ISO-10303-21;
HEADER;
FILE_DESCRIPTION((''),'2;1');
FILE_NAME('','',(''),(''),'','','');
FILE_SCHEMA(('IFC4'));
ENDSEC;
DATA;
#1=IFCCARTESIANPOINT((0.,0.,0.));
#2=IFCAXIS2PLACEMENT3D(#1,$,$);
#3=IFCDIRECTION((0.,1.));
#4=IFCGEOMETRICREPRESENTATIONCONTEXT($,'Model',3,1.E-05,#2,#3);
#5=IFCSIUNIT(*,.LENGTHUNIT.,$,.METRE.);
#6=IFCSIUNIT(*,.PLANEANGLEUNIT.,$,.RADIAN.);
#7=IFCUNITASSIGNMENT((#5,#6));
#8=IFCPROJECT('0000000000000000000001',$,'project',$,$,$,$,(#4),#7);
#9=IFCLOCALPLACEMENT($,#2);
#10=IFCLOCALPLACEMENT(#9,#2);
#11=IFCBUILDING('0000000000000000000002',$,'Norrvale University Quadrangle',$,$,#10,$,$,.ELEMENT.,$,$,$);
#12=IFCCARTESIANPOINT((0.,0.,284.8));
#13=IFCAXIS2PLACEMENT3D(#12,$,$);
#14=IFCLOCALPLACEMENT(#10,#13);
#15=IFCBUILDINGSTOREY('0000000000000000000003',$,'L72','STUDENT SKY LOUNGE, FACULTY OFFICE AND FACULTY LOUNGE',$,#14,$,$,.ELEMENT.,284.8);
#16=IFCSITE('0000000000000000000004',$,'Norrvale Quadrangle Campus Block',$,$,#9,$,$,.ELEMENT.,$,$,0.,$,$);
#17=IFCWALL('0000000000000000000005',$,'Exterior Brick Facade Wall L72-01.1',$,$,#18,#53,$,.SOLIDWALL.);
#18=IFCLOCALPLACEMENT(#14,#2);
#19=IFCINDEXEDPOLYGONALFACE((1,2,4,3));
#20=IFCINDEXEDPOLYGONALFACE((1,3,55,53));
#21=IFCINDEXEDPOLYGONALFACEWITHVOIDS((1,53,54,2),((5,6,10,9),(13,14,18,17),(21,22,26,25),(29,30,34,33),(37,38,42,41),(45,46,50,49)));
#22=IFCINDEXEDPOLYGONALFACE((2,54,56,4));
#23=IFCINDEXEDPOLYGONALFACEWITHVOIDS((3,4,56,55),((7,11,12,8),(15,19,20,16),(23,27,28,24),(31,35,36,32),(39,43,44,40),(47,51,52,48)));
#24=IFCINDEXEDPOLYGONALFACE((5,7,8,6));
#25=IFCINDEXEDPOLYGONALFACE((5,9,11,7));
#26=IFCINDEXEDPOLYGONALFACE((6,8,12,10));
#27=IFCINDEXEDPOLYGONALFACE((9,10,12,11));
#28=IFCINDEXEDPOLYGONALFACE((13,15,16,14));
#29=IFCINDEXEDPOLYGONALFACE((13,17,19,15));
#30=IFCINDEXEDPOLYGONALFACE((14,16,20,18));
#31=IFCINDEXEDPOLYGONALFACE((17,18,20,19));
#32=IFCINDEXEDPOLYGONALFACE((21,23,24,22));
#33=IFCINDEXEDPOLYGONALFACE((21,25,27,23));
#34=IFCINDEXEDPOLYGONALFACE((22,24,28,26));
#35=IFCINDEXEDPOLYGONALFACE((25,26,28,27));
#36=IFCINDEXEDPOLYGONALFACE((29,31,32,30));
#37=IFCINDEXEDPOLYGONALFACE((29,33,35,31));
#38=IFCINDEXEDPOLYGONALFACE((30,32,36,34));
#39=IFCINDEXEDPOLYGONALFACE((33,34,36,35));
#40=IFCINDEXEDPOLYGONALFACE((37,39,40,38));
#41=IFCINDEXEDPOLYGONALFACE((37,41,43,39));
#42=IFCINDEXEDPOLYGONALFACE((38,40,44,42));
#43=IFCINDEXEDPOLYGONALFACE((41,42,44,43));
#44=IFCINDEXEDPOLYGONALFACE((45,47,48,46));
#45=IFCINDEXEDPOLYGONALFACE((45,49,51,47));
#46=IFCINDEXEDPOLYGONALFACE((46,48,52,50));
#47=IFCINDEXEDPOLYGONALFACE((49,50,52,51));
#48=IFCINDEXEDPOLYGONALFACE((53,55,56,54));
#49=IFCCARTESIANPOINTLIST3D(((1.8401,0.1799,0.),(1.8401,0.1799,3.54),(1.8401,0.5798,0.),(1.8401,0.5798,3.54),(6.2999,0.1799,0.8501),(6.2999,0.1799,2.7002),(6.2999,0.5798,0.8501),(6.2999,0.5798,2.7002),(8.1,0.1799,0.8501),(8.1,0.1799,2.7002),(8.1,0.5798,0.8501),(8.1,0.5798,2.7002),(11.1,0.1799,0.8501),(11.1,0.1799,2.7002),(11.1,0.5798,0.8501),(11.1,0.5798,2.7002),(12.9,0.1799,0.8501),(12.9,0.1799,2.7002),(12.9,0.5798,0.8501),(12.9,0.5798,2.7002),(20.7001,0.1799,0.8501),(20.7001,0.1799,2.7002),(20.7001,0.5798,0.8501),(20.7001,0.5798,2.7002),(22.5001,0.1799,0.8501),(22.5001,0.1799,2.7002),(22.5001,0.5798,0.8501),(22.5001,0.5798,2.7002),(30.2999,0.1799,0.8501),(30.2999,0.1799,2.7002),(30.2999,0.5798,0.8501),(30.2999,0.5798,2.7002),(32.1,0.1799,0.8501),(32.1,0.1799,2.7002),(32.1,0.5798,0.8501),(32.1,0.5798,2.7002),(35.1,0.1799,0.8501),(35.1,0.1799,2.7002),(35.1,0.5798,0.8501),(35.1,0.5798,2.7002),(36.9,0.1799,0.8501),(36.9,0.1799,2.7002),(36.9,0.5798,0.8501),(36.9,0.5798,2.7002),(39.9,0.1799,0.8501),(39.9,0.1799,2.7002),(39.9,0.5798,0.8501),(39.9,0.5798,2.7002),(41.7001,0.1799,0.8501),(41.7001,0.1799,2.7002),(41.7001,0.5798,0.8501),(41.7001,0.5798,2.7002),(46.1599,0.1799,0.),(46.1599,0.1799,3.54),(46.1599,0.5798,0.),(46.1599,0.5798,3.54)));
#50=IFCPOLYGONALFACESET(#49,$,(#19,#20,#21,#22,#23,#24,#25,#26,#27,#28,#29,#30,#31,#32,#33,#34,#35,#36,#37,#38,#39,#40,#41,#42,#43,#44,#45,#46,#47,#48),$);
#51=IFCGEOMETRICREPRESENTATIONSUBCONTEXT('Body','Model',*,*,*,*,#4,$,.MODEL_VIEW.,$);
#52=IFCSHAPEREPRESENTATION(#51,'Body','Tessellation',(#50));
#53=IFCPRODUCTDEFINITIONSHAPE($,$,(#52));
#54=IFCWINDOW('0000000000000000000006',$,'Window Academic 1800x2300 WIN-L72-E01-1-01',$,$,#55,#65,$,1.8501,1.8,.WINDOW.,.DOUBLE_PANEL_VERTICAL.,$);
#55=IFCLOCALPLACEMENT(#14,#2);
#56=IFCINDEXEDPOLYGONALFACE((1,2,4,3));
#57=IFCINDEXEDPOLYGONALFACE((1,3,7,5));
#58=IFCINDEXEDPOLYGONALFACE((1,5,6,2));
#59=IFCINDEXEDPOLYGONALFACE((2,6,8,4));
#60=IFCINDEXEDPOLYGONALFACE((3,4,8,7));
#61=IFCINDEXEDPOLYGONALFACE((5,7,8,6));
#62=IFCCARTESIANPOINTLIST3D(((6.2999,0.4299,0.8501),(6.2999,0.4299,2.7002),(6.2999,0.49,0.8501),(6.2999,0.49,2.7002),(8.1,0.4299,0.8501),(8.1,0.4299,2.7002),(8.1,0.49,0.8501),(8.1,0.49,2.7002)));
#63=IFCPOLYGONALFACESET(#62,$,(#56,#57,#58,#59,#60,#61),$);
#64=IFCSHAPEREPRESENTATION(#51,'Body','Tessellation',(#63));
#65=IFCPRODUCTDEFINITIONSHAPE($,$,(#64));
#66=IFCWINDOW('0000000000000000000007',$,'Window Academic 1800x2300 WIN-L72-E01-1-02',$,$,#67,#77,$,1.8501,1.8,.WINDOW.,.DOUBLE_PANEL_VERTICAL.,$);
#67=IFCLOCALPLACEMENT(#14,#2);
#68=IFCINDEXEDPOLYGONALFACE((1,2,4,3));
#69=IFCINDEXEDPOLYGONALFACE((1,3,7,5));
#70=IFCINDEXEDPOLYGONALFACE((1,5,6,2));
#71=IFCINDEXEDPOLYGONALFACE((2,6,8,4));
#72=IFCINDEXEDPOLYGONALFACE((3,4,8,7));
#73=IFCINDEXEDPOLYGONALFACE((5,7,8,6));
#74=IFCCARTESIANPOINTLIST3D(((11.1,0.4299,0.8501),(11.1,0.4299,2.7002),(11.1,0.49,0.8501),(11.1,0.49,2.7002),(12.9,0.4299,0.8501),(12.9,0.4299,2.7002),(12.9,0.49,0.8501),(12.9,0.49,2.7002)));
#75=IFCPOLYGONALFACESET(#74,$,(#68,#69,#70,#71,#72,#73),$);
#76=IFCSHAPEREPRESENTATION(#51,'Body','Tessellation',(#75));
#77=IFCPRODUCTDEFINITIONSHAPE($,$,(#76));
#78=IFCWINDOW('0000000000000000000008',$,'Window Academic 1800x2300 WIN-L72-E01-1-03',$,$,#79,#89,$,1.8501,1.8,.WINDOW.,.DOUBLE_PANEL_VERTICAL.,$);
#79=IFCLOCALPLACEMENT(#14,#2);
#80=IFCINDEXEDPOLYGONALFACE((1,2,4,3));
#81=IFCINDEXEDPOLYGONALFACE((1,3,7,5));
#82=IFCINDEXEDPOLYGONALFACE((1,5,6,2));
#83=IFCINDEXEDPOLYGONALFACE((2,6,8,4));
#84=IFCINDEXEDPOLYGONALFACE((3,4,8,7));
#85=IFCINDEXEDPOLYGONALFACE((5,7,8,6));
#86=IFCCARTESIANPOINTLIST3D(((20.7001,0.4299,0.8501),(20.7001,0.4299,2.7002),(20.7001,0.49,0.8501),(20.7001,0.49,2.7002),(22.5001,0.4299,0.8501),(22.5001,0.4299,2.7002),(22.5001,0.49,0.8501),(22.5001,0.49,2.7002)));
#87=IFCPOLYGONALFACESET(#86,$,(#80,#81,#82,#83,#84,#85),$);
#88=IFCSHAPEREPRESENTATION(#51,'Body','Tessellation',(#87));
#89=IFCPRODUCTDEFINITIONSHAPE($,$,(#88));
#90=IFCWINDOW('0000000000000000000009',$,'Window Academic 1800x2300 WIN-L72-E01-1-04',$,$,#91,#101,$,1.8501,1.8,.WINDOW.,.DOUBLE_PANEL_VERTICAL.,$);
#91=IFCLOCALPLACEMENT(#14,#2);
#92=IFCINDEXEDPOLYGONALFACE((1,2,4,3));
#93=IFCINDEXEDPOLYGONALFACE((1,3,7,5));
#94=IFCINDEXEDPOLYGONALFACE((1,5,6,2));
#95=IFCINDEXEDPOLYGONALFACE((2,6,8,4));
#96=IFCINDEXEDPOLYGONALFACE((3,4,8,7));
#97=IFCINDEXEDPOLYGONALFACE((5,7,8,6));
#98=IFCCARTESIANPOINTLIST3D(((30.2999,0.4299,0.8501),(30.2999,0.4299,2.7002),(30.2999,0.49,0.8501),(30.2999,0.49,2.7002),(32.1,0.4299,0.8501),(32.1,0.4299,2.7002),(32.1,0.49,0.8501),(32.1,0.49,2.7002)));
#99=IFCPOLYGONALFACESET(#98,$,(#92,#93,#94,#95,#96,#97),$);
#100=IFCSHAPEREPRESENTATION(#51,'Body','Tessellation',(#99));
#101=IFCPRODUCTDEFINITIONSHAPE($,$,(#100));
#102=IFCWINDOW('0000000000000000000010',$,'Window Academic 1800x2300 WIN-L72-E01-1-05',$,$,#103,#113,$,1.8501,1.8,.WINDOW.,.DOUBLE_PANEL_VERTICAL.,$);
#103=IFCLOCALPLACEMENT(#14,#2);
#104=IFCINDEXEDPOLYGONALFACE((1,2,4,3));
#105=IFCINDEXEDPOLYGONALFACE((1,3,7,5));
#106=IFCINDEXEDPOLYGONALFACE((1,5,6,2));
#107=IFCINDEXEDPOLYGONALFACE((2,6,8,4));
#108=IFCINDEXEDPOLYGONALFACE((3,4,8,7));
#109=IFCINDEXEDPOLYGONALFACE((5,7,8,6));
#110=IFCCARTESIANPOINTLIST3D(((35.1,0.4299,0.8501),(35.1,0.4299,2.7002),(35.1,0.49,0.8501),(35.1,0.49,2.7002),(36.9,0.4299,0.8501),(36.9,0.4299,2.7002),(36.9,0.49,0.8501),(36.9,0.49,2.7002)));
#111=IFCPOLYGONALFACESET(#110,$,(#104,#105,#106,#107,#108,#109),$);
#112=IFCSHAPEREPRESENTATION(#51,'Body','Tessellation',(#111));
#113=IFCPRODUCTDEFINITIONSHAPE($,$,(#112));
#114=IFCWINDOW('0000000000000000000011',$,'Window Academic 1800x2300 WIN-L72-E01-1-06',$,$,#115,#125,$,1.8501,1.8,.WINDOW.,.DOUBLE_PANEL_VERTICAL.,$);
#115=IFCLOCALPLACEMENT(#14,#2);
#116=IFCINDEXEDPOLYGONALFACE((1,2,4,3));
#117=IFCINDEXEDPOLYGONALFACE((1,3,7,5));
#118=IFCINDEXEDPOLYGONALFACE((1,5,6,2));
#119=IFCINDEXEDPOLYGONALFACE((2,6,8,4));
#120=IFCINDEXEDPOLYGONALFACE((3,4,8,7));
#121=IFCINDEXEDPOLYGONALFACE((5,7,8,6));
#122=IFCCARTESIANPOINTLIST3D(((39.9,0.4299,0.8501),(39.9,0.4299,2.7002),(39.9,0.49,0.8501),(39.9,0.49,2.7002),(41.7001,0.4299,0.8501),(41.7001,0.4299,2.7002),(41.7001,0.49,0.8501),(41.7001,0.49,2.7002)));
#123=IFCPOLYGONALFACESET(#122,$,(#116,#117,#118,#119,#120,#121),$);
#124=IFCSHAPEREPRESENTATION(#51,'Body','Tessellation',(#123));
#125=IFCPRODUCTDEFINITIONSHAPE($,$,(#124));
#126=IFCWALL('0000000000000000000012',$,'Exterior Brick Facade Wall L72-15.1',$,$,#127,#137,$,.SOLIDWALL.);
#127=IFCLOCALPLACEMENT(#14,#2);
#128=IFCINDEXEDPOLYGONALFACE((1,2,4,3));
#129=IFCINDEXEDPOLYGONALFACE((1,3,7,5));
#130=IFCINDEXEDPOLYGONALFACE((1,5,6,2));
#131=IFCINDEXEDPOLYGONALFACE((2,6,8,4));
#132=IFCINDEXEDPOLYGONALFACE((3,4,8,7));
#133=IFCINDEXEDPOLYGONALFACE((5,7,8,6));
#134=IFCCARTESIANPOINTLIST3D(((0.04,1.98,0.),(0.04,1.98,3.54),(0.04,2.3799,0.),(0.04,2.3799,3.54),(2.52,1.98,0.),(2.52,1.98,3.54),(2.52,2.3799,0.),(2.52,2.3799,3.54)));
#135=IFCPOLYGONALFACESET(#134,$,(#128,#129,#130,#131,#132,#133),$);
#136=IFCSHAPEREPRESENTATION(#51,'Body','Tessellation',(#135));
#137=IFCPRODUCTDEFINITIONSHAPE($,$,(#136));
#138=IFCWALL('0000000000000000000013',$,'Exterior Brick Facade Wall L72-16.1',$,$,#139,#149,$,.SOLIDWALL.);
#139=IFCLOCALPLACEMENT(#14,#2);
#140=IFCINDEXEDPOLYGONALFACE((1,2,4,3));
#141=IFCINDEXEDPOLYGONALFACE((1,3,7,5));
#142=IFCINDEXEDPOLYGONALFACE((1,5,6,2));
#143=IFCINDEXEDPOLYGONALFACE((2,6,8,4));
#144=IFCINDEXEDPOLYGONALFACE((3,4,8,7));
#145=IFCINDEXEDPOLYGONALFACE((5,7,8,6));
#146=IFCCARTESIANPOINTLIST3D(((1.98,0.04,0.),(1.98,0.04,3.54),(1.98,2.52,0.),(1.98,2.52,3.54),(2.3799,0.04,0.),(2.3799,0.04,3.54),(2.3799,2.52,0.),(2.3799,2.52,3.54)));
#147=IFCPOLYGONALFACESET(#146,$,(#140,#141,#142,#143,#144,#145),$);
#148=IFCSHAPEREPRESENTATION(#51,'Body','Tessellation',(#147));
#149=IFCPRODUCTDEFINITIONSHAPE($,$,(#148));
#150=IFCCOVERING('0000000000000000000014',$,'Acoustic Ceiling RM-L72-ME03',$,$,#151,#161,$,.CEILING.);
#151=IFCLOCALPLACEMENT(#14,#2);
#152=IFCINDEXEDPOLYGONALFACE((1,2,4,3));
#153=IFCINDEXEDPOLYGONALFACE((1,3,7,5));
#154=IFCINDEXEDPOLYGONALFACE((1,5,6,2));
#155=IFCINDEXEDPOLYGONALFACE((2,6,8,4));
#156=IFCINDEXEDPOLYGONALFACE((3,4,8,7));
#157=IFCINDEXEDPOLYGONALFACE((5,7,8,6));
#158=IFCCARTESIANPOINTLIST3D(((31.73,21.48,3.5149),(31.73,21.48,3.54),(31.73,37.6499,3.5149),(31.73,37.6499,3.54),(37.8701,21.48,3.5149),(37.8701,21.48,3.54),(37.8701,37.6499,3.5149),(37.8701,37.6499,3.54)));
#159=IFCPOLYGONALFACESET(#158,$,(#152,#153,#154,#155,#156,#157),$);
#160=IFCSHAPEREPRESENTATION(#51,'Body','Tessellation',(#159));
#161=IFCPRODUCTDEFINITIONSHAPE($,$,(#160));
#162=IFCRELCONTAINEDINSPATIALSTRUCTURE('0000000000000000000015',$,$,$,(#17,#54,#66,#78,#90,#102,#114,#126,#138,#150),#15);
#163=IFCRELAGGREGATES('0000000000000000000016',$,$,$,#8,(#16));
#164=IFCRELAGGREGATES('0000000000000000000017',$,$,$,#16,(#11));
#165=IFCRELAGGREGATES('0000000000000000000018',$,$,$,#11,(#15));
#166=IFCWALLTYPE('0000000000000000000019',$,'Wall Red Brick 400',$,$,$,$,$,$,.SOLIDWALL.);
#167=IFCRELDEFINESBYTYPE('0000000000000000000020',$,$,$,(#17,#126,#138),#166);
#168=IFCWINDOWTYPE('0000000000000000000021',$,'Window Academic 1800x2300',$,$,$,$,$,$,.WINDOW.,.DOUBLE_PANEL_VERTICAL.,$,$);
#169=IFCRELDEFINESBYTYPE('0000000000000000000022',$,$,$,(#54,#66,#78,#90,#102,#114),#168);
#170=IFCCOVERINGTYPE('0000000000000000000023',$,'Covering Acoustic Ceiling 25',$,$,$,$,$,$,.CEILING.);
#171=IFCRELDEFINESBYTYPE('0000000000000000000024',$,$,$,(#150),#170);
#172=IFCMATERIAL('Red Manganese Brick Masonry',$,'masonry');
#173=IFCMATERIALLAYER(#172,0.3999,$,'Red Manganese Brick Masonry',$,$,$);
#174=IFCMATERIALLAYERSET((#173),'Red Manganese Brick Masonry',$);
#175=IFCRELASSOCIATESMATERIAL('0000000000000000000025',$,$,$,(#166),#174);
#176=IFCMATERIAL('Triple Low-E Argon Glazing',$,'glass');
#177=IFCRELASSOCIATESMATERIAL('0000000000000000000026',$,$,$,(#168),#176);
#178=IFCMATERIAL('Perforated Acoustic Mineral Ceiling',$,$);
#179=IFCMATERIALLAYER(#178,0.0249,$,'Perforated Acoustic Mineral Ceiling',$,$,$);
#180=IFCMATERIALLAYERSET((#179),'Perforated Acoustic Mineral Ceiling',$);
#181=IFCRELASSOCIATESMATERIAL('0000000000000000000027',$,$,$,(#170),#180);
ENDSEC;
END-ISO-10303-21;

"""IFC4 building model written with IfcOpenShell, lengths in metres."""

from ifc_helpers import new_model, si_unit, direction, frame, frame_2d, origin, place, context, subcontext, project, spatial, polyline, rectangle, outline, extrude, material, layer, layer_set, type_object, element, fill, save


model = new_model("IFC4")

# Units and contexts
model_context = context("Model", 3, precision=1e-05, world=origin(), true_north=direction((0.0, 1.0)))
body_context = subcontext(model_context, "Body", "Model", "MODEL_VIEW")
ifc_project = project(units=[si_unit("LENGTHUNIT", "METRE"), si_unit("PLANEANGLEUNIT", "RADIAN")], contexts=[model_context])

# Site, building, storey
site_placement = place(None, origin())
site = spatial("IfcSite", under=ifc_project, at=site_placement, Name="Norrvale Quadrangle Campus Block", CompositionType="ELEMENT", RefElevation=0.0)
building_placement = place(site_placement, origin())
building = spatial("IfcBuilding", under=site, at=building_placement, Name="Norrvale University Quadrangle", CompositionType="ELEMENT")
storey_placement = place(building_placement, frame((0.0, 0.0, 284.8)))
storey = spatial("IfcBuildingStorey", under=building, at=storey_placement, Name="L72", Description="STUDENT SKY LOUNGE, FACULTY OFFICE AND FACULTY LOUNGE", CompositionType="ELEMENT", Elevation=284.8)

# Wall, openings, windows
ifc_material_1 = material(Name="Red Manganese Brick Masonry", Category="masonry")
ifc_layer_1 = layer(ifc_material_1, 0.3999, Name="Red Manganese Brick Masonry")
ifc_layer_set_1 = layer_set([ifc_layer_1], Name="Red Manganese Brick Masonry")
wall_type_1 = type_object("IfcWallType", Name="Wall Red Brick 400", PredefinedType="SOLIDWALL", material=ifc_layer_set_1)
wall_1_placement = place(storey_placement, frame((1.8401, 0.3799, 0.0), z_axis=(0.0, 0.0, 1.0), x_axis=(1.0, 0.0, 0.0)))
wall_1 = element("IfcWall", 1, at=wall_1_placement, inside=storey, type_object=wall_type_1, Name="Exterior Brick Facade Wall L72-01.1", PredefinedType="SOLIDWALL", context=body_context, shape_type="SweptSolid", body=[
    extrude(rectangle(XDim=44.3198, YDim=0.3999, at=frame_2d((22.1599, 0.0))), origin(), (0.0, 0.0, 1.0), 3.54),
])
opening_1_placement = place(wall_1_placement, frame((4.46, 0.0, 0.8501)))
opening_1 = element("IfcOpeningElement", 2, at=opening_1_placement, cuts=wall_1, PredefinedType="OPENING", context=body_context, shape_type="SweptSolid", body=[
    extrude(rectangle(XDim=1.8, YDim=1.8501, at=frame_2d((0.8999, 0.925))), frame((0.0, 0.2119, 0.0), z_axis=(0.0, -1.0, 0.0), x_axis=(1.0, 0.0, 0.0)), (0.0, 0.0, 1.0), 0.4238),
])
opening_2_placement = place(wall_1_placement, frame((9.26, 0.0, 0.8501)))
opening_2 = element("IfcOpeningElement", 3, at=opening_2_placement, cuts=wall_1, PredefinedType="OPENING", context=body_context, shape_type="SweptSolid", body=[
    extrude(rectangle(XDim=1.8, YDim=1.8501, at=frame_2d((0.8999, 0.925))), frame((0.0, 0.2119, 0.0), z_axis=(0.0, -1.0, 0.0), x_axis=(1.0, 0.0, 0.0)), (0.0, 0.0, 1.0), 0.4238),
])
opening_3_placement = place(wall_1_placement, frame((18.8601, 0.0, 0.8501)))
opening_3 = element("IfcOpeningElement", 4, at=opening_3_placement, cuts=wall_1, PredefinedType="OPENING", context=body_context, shape_type="SweptSolid", body=[
    extrude(rectangle(XDim=1.8, YDim=1.8501, at=frame_2d((0.8999, 0.925))), frame((0.0, 0.2119, 0.0), z_axis=(0.0, -1.0, 0.0), x_axis=(1.0, 0.0, 0.0)), (0.0, 0.0, 1.0), 0.4238),
])
opening_4_placement = place(wall_1_placement, frame((28.46, 0.0, 0.8501)))
opening_4 = element("IfcOpeningElement", 5, at=opening_4_placement, cuts=wall_1, PredefinedType="OPENING", context=body_context, shape_type="SweptSolid", body=[
    extrude(rectangle(XDim=1.8, YDim=1.8501, at=frame_2d((0.8999, 0.925))), frame((0.0, 0.2119, 0.0), z_axis=(0.0, -1.0, 0.0), x_axis=(1.0, 0.0, 0.0)), (0.0, 0.0, 1.0), 0.4238),
])
opening_5_placement = place(wall_1_placement, frame((33.26, 0.0, 0.8501)))
opening_5 = element("IfcOpeningElement", 6, at=opening_5_placement, cuts=wall_1, PredefinedType="OPENING", context=body_context, shape_type="SweptSolid", body=[
    extrude(rectangle(XDim=1.8, YDim=1.8501, at=frame_2d((0.8999, 0.925))), frame((0.0, 0.2119, 0.0), z_axis=(0.0, -1.0, 0.0), x_axis=(1.0, 0.0, 0.0)), (0.0, 0.0, 1.0), 0.4238),
])
opening_6_placement = place(wall_1_placement, frame((38.0601, 0.0, 0.8501)))
opening_6 = element("IfcOpeningElement", 7, at=opening_6_placement, cuts=wall_1, PredefinedType="OPENING", context=body_context, shape_type="SweptSolid", body=[
    extrude(rectangle(XDim=1.8, YDim=1.8501, at=frame_2d((0.8999, 0.925))), frame((0.0, 0.2119, 0.0), z_axis=(0.0, -1.0, 0.0), x_axis=(1.0, 0.0, 0.0)), (0.0, 0.0, 1.0), 0.4238),
])
ifc_material_2 = material(Name="Triple Low-E Argon Glazing", Category="glass")
window_type = type_object("IfcWindowType", Name="Window Academic 1800x2300", PartitioningType="DOUBLE_PANEL_VERTICAL", PredefinedType="WINDOW", material=ifc_material_2)
window_1_placement = place(opening_1_placement, origin())
window_1 = element("IfcWindow", 8, at=window_1_placement, inside=storey, type_object=window_type, Name="Window Academic 1800x2300 WIN-L72-E01-1-01", OverallHeight=1.8501, OverallWidth=1.8, PartitioningType="DOUBLE_PANEL_VERTICAL", PredefinedType="WINDOW", context=body_context, shape_type="SweptSolid", body=[
    extrude(rectangle(XDim=1.8, YDim=1.8501, at=frame_2d((0.8999, 0.925))), frame((0.0, 0.1101, 0.0), z_axis=(0.0, -1.0, 0.0), x_axis=(1.0, 0.0, 0.0)), (0.0, 0.0, 1.0), 0.0601),
])
fill(opening_1, window_1)
window_2_placement = place(opening_2_placement, origin())
window_2 = element("IfcWindow", 9, at=window_2_placement, inside=storey, type_object=window_type, Name="Window Academic 1800x2300 WIN-L72-E01-1-02", OverallHeight=1.8501, OverallWidth=1.8, PartitioningType="DOUBLE_PANEL_VERTICAL", PredefinedType="WINDOW", context=body_context, shape_type="SweptSolid", body=[
    extrude(rectangle(XDim=1.8, YDim=1.8501, at=frame_2d((0.8999, 0.925))), frame((0.0, 0.1101, 0.0), z_axis=(0.0, -1.0, 0.0), x_axis=(1.0, 0.0, 0.0)), (0.0, 0.0, 1.0), 0.0601),
])
fill(opening_2, window_2)
window_3_placement = place(opening_3_placement, origin())
window_3 = element("IfcWindow", 10, at=window_3_placement, inside=storey, type_object=window_type, Name="Window Academic 1800x2300 WIN-L72-E01-1-03", OverallHeight=1.8501, OverallWidth=1.8, PartitioningType="DOUBLE_PANEL_VERTICAL", PredefinedType="WINDOW", context=body_context, shape_type="SweptSolid", body=[
    extrude(rectangle(XDim=1.8, YDim=1.8501, at=frame_2d((0.8999, 0.925))), frame((0.0, 0.1101, 0.0), z_axis=(0.0, -1.0, 0.0), x_axis=(1.0, 0.0, 0.0)), (0.0, 0.0, 1.0), 0.0601),
])
fill(opening_3, window_3)
window_4_placement = place(opening_4_placement, origin())
window_4 = element("IfcWindow", 11, at=window_4_placement, inside=storey, type_object=window_type, Name="Window Academic 1800x2300 WIN-L72-E01-1-04", OverallHeight=1.8501, OverallWidth=1.8, PartitioningType="DOUBLE_PANEL_VERTICAL", PredefinedType="WINDOW", context=body_context, shape_type="SweptSolid", body=[
    extrude(rectangle(XDim=1.8, YDim=1.8501, at=frame_2d((0.8999, 0.925))), frame((0.0, 0.1101, 0.0), z_axis=(0.0, -1.0, 0.0), x_axis=(1.0, 0.0, 0.0)), (0.0, 0.0, 1.0), 0.0601),
])
fill(opening_4, window_4)
window_5_placement = place(opening_5_placement, origin())
window_5 = element("IfcWindow", 12, at=window_5_placement, inside=storey, type_object=window_type, Name="Window Academic 1800x2300 WIN-L72-E01-1-05", OverallHeight=1.8501, OverallWidth=1.8, PartitioningType="DOUBLE_PANEL_VERTICAL", PredefinedType="WINDOW", context=body_context, shape_type="SweptSolid", body=[
    extrude(rectangle(XDim=1.8, YDim=1.8501, at=frame_2d((0.8999, 0.925))), frame((0.0, 0.1101, 0.0), z_axis=(0.0, -1.0, 0.0), x_axis=(1.0, 0.0, 0.0)), (0.0, 0.0, 1.0), 0.0601),
])
fill(opening_5, window_5)
window_6_placement = place(opening_6_placement, origin())
window_6 = element("IfcWindow", 13, at=window_6_placement, inside=storey, type_object=window_type, Name="Window Academic 1800x2300 WIN-L72-E01-1-06", OverallHeight=1.8501, OverallWidth=1.8, PartitioningType="DOUBLE_PANEL_VERTICAL", PredefinedType="WINDOW", context=body_context, shape_type="SweptSolid", body=[
    extrude(rectangle(XDim=1.8, YDim=1.8501, at=frame_2d((0.8999, 0.925))), frame((0.0, 0.1101, 0.0), z_axis=(0.0, -1.0, 0.0), x_axis=(1.0, 0.0, 0.0)), (0.0, 0.0, 1.0), 0.0601),
])
fill(opening_6, window_6)

# Walls
for number, where, z_axis, x_axis, name in (
    (14, (0.04, 2.1799, 0.0), (0.0, 0.0, 1.0), (1.0, 0.0, 0.0), "Exterior Brick Facade Wall L72-15.1"),
    (15, (2.1799, 2.52, 0.0), (0.0, 0.0, 1.0), (0.0, -1.0, 0.0), "Exterior Brick Facade Wall L72-16.1"),
):
    element("IfcWall", number, at=place(storey_placement, frame(where, z_axis=z_axis, x_axis=x_axis)), inside=storey, type_object=wall_type_1, Name=name, PredefinedType="SOLIDWALL", context=body_context, shape_type="SweptSolid", body=[
        extrude(rectangle(XDim=2.48, YDim=0.3999, at=frame_2d((1.24, 0.0))), origin(), (0.0, 0.0, 1.0), 3.54),
    ])

# Covering
ifc_material_3 = material(Name="Perforated Acoustic Mineral Ceiling")
ifc_layer_2 = layer(ifc_material_3, 0.0249, Name="Perforated Acoustic Mineral Ceiling")
ifc_layer_set_2 = layer_set([ifc_layer_2], Name="Perforated Acoustic Mineral Ceiling")
covering_type_1 = type_object("IfcCoveringType", Name="Covering Acoustic Ceiling 25", PredefinedType="CEILING", material=ifc_layer_set_2)
covering_1_placement = place(storey_placement, frame((0.0, 0.0, 3.5149)))
element("IfcCovering", 16, at=covering_1_placement, inside=storey, type_object=covering_type_1, Name="Acoustic Ceiling RM-L72-ME03", PredefinedType="CEILING", context=body_context, shape_type="SweptSolid", body=[
    extrude(outline(polyline([(31.73, 37.6499), (37.8701, 37.6499), (37.8701, 21.48), (31.73, 21.48), (31.73, 37.6499)])), origin(), (0.0, 0.0, 1.0), 0.0251),
])

save(model, "model.ifc")
